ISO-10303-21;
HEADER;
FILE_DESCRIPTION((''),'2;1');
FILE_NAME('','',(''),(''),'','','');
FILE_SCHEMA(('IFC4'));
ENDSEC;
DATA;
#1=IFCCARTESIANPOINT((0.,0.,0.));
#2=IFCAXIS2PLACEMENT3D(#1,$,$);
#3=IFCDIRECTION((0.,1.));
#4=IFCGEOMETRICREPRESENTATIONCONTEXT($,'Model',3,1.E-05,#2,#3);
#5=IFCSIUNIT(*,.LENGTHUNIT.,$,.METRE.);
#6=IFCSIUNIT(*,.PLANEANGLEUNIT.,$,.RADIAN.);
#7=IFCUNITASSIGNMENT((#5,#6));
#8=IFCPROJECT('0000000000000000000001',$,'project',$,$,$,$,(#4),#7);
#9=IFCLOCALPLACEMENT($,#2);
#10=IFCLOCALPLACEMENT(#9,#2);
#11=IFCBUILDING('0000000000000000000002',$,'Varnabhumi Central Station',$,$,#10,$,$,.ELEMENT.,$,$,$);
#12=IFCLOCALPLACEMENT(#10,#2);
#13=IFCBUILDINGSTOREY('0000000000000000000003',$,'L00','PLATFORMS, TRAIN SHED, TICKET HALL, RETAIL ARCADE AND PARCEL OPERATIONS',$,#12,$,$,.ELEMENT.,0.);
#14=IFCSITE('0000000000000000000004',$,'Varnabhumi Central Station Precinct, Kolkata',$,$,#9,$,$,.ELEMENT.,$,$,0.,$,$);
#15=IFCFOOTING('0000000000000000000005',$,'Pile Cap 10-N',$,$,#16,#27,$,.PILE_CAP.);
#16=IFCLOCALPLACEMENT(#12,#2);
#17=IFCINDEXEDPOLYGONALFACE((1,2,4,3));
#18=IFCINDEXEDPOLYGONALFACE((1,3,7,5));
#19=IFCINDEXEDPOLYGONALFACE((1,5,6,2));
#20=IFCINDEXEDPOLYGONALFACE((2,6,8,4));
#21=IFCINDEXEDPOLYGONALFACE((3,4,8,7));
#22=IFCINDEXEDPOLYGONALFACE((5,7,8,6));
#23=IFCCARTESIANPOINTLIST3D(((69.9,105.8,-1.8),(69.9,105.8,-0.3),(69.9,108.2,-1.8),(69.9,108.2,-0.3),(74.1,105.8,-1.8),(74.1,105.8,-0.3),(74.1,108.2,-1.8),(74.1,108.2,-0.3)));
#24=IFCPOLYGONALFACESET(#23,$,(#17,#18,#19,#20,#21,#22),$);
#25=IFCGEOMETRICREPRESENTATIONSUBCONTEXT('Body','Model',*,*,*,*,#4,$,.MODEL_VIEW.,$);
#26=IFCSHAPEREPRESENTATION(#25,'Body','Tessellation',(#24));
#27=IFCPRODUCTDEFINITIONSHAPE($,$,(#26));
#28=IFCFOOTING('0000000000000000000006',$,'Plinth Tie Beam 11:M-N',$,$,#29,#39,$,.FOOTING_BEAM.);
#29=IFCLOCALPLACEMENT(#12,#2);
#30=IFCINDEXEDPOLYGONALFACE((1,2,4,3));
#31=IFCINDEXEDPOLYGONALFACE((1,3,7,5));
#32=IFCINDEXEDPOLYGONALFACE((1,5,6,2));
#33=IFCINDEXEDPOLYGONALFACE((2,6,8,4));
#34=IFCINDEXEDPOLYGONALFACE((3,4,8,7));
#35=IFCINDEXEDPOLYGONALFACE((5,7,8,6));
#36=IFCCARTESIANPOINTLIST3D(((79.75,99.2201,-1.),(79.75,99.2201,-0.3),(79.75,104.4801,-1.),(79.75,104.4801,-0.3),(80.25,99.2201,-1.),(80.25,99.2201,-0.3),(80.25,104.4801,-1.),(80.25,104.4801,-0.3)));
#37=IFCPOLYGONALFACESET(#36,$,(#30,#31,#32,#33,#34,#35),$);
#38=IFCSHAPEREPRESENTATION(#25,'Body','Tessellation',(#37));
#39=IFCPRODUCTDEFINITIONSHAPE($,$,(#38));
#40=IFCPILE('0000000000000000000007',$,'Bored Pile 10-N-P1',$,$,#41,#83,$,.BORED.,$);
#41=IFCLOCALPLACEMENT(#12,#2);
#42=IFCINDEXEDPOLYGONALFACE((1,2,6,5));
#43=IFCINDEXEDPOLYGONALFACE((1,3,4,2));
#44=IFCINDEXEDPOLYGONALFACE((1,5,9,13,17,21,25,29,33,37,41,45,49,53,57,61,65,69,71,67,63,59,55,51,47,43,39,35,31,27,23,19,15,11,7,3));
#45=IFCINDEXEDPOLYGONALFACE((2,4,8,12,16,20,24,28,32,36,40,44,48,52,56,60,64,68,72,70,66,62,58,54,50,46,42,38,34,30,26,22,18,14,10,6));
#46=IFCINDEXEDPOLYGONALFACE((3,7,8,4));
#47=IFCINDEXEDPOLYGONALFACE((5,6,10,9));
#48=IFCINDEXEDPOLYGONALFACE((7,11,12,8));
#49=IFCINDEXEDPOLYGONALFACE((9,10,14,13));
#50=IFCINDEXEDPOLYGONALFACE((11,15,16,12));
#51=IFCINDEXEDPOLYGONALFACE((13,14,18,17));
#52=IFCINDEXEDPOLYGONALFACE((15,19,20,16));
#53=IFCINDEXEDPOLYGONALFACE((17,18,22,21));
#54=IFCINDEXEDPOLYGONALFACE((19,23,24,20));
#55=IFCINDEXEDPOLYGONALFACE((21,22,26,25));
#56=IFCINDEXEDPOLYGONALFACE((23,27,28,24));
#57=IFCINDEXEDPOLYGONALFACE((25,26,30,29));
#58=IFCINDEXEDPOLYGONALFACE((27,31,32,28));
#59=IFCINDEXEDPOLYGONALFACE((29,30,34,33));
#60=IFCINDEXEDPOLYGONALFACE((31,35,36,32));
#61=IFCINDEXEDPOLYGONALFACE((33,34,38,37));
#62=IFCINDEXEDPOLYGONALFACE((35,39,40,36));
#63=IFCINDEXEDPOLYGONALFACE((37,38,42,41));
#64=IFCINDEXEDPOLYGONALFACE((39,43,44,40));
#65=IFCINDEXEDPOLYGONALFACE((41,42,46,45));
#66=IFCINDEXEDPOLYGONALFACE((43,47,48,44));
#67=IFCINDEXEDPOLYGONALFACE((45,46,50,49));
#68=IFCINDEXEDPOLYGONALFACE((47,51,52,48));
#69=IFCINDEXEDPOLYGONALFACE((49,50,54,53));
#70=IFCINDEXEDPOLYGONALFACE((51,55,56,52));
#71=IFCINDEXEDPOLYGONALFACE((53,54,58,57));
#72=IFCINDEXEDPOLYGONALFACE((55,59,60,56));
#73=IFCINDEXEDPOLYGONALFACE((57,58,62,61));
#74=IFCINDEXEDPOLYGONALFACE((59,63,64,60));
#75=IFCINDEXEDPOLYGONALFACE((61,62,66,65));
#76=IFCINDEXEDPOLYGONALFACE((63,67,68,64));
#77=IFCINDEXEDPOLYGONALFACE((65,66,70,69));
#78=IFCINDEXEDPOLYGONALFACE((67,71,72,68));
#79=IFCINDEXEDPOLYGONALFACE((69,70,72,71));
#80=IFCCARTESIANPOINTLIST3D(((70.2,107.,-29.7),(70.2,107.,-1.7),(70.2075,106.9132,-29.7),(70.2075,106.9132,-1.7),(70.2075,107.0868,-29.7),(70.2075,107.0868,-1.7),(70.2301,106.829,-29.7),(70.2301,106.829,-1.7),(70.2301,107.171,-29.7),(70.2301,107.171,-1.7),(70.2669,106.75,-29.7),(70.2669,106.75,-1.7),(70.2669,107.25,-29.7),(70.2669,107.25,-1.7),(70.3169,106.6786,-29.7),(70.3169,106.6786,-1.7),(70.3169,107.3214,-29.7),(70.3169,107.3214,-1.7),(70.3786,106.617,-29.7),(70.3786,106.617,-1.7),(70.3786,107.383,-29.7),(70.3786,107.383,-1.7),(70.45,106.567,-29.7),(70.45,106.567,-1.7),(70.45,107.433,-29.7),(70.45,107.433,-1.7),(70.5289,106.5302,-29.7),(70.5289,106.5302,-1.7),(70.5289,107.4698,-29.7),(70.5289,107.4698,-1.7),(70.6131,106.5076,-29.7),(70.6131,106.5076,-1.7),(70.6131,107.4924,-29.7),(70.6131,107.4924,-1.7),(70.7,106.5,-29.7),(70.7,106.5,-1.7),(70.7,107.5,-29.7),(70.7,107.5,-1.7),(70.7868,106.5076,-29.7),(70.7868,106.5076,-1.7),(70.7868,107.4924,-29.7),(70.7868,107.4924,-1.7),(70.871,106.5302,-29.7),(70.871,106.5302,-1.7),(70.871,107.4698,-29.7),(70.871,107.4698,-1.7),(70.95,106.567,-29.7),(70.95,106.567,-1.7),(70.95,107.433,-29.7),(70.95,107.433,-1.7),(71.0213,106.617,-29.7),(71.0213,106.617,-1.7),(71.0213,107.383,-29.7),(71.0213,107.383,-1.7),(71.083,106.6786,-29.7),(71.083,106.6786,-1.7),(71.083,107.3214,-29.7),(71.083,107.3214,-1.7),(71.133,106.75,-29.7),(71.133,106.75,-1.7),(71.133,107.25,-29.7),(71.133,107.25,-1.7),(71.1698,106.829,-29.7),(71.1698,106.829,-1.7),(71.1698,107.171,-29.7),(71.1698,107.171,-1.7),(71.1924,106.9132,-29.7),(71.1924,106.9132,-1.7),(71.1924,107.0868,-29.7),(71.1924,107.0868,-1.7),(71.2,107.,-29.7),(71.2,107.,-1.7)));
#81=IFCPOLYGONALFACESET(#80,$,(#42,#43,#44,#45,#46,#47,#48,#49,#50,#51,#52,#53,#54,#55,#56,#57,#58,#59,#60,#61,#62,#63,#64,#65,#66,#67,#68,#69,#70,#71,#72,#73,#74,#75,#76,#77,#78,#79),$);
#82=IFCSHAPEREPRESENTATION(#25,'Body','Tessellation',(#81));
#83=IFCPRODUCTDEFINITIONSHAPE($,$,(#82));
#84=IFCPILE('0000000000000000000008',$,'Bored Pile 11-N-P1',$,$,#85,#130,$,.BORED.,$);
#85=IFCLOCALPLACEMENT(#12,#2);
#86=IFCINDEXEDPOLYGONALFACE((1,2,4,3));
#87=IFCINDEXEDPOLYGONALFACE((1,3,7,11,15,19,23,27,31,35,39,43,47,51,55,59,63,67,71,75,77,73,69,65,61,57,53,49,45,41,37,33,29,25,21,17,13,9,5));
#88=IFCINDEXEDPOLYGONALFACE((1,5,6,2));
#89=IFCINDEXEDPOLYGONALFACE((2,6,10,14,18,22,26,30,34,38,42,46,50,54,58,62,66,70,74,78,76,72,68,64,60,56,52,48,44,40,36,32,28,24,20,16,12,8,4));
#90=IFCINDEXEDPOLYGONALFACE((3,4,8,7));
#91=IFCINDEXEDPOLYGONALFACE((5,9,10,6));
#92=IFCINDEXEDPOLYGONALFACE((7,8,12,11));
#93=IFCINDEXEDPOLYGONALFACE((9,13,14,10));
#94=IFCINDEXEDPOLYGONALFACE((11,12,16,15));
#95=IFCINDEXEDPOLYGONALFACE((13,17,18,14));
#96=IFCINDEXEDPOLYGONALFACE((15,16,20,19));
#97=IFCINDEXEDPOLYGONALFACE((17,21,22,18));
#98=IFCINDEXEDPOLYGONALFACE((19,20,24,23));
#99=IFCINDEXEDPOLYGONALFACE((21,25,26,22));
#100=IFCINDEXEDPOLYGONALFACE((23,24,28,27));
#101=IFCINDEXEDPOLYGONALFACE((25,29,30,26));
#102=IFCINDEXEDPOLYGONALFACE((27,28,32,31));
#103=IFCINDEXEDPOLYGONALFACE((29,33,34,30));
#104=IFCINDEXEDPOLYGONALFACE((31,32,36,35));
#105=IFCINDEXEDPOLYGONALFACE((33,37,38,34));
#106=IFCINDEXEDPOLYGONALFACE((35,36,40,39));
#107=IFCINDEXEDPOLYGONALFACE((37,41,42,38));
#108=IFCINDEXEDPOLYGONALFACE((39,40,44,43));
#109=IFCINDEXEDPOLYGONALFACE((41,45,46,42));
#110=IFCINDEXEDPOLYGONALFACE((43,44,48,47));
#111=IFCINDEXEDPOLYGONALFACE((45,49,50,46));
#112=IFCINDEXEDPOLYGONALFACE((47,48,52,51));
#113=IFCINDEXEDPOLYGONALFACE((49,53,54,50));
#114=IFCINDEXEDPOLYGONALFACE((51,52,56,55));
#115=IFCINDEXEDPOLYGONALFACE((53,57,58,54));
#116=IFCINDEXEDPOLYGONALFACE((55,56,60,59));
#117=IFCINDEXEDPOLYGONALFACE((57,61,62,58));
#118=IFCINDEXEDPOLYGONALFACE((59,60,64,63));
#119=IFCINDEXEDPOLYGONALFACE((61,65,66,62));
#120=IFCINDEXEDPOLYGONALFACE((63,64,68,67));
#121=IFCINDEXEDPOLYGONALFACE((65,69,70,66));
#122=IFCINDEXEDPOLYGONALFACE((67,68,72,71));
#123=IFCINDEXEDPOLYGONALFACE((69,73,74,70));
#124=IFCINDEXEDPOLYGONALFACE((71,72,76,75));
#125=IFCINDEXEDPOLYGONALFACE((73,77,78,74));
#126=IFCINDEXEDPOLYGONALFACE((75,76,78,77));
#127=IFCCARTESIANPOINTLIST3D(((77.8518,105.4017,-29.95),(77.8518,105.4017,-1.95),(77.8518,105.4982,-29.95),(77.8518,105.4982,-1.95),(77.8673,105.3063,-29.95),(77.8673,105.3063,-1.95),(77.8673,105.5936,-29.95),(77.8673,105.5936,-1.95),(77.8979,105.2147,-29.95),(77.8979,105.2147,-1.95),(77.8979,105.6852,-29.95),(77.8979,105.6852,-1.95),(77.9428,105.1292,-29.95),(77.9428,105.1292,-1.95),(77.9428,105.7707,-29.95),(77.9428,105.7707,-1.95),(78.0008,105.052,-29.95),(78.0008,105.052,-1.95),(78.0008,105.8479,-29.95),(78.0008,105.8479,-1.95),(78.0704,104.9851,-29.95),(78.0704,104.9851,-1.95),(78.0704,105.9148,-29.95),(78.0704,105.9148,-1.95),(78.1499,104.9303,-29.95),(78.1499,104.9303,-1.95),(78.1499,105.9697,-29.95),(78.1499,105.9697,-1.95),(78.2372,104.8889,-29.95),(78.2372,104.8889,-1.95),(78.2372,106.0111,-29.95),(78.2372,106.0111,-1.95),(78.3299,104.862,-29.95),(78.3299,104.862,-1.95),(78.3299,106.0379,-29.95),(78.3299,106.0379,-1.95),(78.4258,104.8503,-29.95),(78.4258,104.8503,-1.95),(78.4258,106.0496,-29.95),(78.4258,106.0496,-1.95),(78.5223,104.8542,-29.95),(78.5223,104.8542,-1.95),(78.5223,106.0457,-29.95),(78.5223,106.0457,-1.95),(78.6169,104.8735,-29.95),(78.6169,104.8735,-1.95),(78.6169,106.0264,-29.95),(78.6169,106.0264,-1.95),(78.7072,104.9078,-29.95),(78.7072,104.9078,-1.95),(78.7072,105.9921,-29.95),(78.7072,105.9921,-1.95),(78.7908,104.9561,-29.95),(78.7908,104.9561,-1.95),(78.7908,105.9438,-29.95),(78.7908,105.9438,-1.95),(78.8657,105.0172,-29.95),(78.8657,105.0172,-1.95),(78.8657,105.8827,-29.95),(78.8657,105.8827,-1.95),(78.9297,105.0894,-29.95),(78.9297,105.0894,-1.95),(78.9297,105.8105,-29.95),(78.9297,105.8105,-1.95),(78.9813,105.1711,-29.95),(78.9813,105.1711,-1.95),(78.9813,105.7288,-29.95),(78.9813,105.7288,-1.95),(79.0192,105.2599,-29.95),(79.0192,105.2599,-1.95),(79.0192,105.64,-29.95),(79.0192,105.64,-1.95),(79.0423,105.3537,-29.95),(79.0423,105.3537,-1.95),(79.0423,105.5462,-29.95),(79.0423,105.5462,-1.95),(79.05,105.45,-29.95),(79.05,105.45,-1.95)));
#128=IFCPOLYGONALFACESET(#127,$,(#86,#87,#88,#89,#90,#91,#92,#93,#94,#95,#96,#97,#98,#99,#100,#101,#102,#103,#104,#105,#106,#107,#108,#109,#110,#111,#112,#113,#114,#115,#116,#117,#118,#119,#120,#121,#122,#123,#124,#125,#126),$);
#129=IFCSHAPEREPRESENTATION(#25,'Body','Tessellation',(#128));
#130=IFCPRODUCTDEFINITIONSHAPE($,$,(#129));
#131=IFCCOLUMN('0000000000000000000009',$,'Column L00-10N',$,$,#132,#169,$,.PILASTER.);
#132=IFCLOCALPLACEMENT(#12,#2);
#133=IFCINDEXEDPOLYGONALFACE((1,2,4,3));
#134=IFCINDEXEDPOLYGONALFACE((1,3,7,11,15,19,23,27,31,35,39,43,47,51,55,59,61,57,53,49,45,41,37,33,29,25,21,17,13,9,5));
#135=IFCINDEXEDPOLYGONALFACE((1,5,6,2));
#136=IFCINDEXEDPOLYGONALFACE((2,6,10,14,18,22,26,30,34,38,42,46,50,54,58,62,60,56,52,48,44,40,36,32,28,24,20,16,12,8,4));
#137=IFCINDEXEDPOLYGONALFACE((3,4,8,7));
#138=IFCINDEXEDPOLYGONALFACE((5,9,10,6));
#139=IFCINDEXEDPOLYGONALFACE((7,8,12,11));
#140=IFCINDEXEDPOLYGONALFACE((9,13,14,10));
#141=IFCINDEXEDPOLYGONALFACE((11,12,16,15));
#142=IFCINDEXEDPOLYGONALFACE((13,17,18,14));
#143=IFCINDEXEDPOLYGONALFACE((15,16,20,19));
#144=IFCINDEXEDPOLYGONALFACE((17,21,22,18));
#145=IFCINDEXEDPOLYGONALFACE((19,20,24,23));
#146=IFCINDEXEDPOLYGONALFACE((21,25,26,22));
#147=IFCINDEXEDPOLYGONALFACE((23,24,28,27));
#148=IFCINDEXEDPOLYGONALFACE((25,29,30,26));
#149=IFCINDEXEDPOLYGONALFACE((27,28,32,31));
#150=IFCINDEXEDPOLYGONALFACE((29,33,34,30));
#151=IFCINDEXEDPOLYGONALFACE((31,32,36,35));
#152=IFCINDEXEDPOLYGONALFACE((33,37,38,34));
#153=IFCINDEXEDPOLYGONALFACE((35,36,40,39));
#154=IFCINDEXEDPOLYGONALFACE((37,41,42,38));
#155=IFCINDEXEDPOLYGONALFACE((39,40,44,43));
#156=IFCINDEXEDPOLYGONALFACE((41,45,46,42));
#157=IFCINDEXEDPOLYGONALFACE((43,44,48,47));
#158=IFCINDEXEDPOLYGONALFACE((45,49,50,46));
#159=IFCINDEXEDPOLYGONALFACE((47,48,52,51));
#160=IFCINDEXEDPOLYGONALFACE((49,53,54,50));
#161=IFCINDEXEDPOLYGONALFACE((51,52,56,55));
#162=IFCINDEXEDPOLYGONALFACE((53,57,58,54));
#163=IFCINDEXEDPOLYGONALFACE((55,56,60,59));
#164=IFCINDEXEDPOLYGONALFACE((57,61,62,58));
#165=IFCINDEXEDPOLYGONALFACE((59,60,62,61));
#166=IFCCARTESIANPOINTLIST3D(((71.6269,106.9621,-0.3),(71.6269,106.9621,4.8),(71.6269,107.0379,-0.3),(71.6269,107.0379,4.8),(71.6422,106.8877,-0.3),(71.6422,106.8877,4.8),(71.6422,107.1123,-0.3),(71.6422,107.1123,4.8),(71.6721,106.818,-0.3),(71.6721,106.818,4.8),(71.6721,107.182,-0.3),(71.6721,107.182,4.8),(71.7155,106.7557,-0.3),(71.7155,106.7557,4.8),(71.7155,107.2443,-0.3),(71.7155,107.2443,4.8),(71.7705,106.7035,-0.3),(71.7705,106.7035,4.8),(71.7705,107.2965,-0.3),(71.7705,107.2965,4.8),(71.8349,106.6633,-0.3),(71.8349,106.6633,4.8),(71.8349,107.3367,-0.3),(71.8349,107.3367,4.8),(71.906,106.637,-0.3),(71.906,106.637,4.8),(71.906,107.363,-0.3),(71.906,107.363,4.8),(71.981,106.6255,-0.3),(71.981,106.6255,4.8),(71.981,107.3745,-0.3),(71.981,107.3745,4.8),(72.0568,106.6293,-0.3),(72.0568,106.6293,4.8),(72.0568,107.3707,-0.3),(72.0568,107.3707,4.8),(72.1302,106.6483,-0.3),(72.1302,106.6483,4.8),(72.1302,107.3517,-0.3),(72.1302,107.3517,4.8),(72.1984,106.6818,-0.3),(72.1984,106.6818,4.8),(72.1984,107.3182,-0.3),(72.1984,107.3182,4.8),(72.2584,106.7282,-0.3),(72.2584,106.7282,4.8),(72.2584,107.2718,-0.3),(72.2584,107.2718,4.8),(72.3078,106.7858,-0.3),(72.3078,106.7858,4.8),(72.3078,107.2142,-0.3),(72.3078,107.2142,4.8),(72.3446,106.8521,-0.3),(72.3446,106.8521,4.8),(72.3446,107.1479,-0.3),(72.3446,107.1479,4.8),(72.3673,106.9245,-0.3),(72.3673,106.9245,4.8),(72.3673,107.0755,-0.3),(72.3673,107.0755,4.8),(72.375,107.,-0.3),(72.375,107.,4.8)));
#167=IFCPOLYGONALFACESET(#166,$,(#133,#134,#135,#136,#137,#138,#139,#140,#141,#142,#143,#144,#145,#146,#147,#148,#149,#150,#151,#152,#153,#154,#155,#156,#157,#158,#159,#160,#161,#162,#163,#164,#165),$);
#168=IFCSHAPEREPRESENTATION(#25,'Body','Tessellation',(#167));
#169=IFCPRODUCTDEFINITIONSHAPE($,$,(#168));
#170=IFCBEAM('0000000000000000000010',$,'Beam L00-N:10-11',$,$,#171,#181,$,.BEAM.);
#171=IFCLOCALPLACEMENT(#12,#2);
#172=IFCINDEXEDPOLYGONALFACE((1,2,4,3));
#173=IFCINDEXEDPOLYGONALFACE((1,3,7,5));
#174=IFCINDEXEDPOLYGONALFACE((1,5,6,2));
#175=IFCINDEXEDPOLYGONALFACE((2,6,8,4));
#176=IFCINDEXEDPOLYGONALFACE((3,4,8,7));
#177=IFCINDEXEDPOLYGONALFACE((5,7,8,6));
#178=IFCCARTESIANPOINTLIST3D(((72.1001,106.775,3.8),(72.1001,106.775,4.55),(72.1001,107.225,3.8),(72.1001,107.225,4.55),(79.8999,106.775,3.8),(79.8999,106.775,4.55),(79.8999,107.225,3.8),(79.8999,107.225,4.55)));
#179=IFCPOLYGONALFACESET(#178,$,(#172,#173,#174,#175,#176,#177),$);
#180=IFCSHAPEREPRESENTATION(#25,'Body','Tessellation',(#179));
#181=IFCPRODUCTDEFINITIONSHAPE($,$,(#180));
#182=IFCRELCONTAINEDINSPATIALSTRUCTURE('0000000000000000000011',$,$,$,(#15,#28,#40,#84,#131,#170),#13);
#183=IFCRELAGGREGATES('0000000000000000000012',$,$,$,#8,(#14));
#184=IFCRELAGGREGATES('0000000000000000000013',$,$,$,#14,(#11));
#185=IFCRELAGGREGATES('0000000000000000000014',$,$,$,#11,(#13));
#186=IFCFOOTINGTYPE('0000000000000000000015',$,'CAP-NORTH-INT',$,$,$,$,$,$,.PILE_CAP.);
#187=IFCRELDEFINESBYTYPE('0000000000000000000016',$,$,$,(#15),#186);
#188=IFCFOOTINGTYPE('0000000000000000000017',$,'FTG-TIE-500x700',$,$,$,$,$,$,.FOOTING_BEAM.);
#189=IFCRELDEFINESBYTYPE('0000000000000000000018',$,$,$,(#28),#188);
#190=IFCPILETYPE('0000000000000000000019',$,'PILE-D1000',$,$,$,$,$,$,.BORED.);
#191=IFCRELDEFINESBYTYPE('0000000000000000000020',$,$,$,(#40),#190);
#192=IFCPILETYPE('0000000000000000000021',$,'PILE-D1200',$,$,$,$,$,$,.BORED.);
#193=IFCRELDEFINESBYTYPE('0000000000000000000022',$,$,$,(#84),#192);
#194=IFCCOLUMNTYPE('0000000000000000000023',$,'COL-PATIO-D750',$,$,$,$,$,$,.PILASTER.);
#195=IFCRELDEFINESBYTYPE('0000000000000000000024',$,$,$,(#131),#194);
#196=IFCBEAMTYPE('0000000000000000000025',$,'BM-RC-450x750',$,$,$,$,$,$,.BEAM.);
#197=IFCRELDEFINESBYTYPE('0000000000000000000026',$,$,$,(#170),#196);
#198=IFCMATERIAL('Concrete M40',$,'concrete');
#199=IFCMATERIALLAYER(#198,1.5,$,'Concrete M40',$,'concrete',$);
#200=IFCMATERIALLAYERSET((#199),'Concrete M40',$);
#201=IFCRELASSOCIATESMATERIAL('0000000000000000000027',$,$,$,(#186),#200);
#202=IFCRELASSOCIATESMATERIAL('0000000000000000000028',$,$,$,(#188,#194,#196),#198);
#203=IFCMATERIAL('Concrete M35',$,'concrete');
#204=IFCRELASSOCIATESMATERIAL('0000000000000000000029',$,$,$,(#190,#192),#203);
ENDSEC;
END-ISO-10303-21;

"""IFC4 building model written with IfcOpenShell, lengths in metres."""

from ifc_helpers import new_model, si_unit, direction, frame, origin, origin_2d, place, context, subcontext, project, spatial, rectangle, circle, extrude, material, layer, layer_set, material_profile, profile_set, type_object, element, save


model = new_model("IFC4")

# Units and contexts
model_context = context("Model", 3, precision=1e-05, world=origin(), true_north=direction((0.0, 1.0)))
body_context = subcontext(model_context, "Body", "Model", "MODEL_VIEW")
ifc_project = project(units=[si_unit("LENGTHUNIT", "METRE"), si_unit("PLANEANGLEUNIT", "RADIAN")], contexts=[model_context])

# Site, building, storey
site_placement = place(None, origin())
site = spatial("IfcSite", under=ifc_project, at=site_placement, Name="Varnabhumi Central Station Precinct, Kolkata", CompositionType="ELEMENT", RefElevation=0.0)
building_placement = place(site_placement, origin())
building = spatial("IfcBuilding", under=site, at=building_placement, Name="Varnabhumi Central Station", CompositionType="ELEMENT")
storey_placement = place(building_placement, origin())
storey = spatial("IfcBuildingStorey", under=building, at=storey_placement, Name="L00", Description="PLATFORMS, TRAIN SHED, TICKET HALL, RETAIL ARCADE AND PARCEL OPERATIONS", CompositionType="ELEMENT", Elevation=0.0)

# Footings
ifc_material_1 = material(Name="Concrete M40", Category="concrete")
ifc_layer_1 = layer(ifc_material_1, 1.5, Name="Concrete M40", Category="concrete")
ifc_layer_set_1 = layer_set([ifc_layer_1], Name="Concrete M40")
footing_type_1 = type_object("IfcFootingType", Name="CAP-NORTH-INT", PredefinedType="PILE_CAP", material=ifc_layer_set_1)
footing_1_placement = place(storey_placement, frame((72.0, 107.0, -1.8), z_axis=(0.0, 0.0, 1.0), x_axis=(1.0, 0.0, 0.0)))
element("IfcFooting", 1, at=footing_1_placement, inside=storey, type_object=footing_type_1, Name="Pile Cap 10-N", PredefinedType="PILE_CAP", context=body_context, shape_type="SweptSolid", body=[
    extrude(rectangle(XDim=4.2, YDim=2.3999, at=origin_2d()), origin(), (0.0, 0.0, 1.0), 1.5),
])
footing_type_2 = type_object("IfcFootingType", Name="FTG-TIE-500x700", PredefinedType="FOOTING_BEAM", material=ifc_material_1)
footing_2_placement = place(storey_placement, frame((80.0, 101.8501, -1.0), z_axis=(0.0, 0.0, 1.0), x_axis=(1.0, 0.0, 0.0)))
element("IfcFooting", 2, at=footing_2_placement, inside=storey, type_object=footing_type_2, Name="Plinth Tie Beam 11:M-N", PredefinedType="FOOTING_BEAM", context=body_context, shape_type="SweptSolid", body=[
    extrude(rectangle(XDim=0.5, YDim=5.26, at=origin_2d()), origin(), (0.0, 0.0, 1.0), 0.7),
])

# Piles
ifc_material_2 = material(Name="Concrete M35", Category="concrete")
ifc_material_profile_1 = material_profile(ifc_material_2, circle(Radius=0.5, at=origin_2d()), Name="Concrete M35", Category="concrete")
ifc_profile_set_1 = profile_set([ifc_material_profile_1], Name="Concrete M35")
pile_type_1 = type_object("IfcPileType", Name="PILE-D1000", PredefinedType="BORED", material=ifc_profile_set_1)
pile_1_placement = place(storey_placement, frame((70.7, 107.0, -1.7), z_axis=(0.0, 0.0, -1.0), x_axis=(1.0, 0.0, 0.0)))
element("IfcPile", 3, at=pile_1_placement, inside=storey, type_object=pile_type_1, Name="Bored Pile 10-N-P1", PredefinedType="BORED", context=body_context, shape_type="SweptSolid", body=[
    extrude(circle(Radius=0.5, at=origin_2d()), origin(), (0.0, 0.0, 1.0), 28.0),
])
ifc_material_profile_2 = material_profile(ifc_material_2, circle(Radius=0.6001, at=origin_2d()), Name="Concrete M35", Category="concrete")
ifc_profile_set_2 = profile_set([ifc_material_profile_2], Name="Concrete M35")
pile_type_2 = type_object("IfcPileType", Name="PILE-D1200", PredefinedType="BORED", material=ifc_profile_set_2)
pile_2_placement = place(storey_placement, frame((78.45, 105.45, -1.95), z_axis=(0.0, 0.0, -1.0), x_axis=(1.0, 0.0, 0.0)))
element("IfcPile", 4, at=pile_2_placement, inside=storey, type_object=pile_type_2, Name="Bored Pile 11-N-P1", PredefinedType="BORED", context=body_context, shape_type="SweptSolid", body=[
    extrude(circle(Radius=0.6001, at=origin_2d()), origin(), (0.0, 0.0, 1.0), 28.0),
])

# Column
ifc_material_profile_3 = material_profile(ifc_material_1, circle(Radius=0.375, at=origin_2d()), Name="Concrete M40", Category="concrete")
ifc_profile_set_3 = profile_set([ifc_material_profile_3], Name="Concrete M40")
column_type = type_object("IfcColumnType", Name="COL-PATIO-D750", PredefinedType="PILASTER", material=ifc_profile_set_3)
column_placement = place(storey_placement, frame((72.0, 107.0, -0.3), z_axis=(0.0, 0.0, 1.0), x_axis=(1.0, 0.0, 0.0)))
element("IfcColumn", 5, at=column_placement, inside=storey, type_object=column_type, Name="Column L00-10N", PredefinedType="PILASTER", context=body_context, shape_type="SweptSolid", body=[
    extrude(circle(Radius=0.375, at=origin_2d()), origin(), (0.0, 0.0, 1.0), 5.1001),
])

# Beam
ifc_material_profile_4 = material_profile(ifc_material_1, rectangle(XDim=0.45, YDim=0.75, at=origin_2d()), Name="Concrete M40", Category="concrete")
ifc_profile_set_4 = profile_set([ifc_material_profile_4], Name="Concrete M40")
beam_type_1 = type_object("IfcBeamType", Name="BM-RC-450x750", PredefinedType="BEAM", material=ifc_profile_set_4)
beam_1_placement = place(storey_placement, frame((72.1001, 107.0, 4.175), z_axis=(1.0, 0.0, 0.0), x_axis=(0.0, 1.0, 0.0)))
element("IfcBeam", 6, at=beam_1_placement, inside=storey, type_object=beam_type_1, Name="Beam L00-N:10-11", PredefinedType="BEAM", context=body_context, shape_type="SweptSolid", body=[
    extrude(rectangle(XDim=0.45, YDim=0.75, at=origin_2d()), origin(), (0.0, 0.0, 1.0), 7.7998),
])

save(model, "model.ifc")
